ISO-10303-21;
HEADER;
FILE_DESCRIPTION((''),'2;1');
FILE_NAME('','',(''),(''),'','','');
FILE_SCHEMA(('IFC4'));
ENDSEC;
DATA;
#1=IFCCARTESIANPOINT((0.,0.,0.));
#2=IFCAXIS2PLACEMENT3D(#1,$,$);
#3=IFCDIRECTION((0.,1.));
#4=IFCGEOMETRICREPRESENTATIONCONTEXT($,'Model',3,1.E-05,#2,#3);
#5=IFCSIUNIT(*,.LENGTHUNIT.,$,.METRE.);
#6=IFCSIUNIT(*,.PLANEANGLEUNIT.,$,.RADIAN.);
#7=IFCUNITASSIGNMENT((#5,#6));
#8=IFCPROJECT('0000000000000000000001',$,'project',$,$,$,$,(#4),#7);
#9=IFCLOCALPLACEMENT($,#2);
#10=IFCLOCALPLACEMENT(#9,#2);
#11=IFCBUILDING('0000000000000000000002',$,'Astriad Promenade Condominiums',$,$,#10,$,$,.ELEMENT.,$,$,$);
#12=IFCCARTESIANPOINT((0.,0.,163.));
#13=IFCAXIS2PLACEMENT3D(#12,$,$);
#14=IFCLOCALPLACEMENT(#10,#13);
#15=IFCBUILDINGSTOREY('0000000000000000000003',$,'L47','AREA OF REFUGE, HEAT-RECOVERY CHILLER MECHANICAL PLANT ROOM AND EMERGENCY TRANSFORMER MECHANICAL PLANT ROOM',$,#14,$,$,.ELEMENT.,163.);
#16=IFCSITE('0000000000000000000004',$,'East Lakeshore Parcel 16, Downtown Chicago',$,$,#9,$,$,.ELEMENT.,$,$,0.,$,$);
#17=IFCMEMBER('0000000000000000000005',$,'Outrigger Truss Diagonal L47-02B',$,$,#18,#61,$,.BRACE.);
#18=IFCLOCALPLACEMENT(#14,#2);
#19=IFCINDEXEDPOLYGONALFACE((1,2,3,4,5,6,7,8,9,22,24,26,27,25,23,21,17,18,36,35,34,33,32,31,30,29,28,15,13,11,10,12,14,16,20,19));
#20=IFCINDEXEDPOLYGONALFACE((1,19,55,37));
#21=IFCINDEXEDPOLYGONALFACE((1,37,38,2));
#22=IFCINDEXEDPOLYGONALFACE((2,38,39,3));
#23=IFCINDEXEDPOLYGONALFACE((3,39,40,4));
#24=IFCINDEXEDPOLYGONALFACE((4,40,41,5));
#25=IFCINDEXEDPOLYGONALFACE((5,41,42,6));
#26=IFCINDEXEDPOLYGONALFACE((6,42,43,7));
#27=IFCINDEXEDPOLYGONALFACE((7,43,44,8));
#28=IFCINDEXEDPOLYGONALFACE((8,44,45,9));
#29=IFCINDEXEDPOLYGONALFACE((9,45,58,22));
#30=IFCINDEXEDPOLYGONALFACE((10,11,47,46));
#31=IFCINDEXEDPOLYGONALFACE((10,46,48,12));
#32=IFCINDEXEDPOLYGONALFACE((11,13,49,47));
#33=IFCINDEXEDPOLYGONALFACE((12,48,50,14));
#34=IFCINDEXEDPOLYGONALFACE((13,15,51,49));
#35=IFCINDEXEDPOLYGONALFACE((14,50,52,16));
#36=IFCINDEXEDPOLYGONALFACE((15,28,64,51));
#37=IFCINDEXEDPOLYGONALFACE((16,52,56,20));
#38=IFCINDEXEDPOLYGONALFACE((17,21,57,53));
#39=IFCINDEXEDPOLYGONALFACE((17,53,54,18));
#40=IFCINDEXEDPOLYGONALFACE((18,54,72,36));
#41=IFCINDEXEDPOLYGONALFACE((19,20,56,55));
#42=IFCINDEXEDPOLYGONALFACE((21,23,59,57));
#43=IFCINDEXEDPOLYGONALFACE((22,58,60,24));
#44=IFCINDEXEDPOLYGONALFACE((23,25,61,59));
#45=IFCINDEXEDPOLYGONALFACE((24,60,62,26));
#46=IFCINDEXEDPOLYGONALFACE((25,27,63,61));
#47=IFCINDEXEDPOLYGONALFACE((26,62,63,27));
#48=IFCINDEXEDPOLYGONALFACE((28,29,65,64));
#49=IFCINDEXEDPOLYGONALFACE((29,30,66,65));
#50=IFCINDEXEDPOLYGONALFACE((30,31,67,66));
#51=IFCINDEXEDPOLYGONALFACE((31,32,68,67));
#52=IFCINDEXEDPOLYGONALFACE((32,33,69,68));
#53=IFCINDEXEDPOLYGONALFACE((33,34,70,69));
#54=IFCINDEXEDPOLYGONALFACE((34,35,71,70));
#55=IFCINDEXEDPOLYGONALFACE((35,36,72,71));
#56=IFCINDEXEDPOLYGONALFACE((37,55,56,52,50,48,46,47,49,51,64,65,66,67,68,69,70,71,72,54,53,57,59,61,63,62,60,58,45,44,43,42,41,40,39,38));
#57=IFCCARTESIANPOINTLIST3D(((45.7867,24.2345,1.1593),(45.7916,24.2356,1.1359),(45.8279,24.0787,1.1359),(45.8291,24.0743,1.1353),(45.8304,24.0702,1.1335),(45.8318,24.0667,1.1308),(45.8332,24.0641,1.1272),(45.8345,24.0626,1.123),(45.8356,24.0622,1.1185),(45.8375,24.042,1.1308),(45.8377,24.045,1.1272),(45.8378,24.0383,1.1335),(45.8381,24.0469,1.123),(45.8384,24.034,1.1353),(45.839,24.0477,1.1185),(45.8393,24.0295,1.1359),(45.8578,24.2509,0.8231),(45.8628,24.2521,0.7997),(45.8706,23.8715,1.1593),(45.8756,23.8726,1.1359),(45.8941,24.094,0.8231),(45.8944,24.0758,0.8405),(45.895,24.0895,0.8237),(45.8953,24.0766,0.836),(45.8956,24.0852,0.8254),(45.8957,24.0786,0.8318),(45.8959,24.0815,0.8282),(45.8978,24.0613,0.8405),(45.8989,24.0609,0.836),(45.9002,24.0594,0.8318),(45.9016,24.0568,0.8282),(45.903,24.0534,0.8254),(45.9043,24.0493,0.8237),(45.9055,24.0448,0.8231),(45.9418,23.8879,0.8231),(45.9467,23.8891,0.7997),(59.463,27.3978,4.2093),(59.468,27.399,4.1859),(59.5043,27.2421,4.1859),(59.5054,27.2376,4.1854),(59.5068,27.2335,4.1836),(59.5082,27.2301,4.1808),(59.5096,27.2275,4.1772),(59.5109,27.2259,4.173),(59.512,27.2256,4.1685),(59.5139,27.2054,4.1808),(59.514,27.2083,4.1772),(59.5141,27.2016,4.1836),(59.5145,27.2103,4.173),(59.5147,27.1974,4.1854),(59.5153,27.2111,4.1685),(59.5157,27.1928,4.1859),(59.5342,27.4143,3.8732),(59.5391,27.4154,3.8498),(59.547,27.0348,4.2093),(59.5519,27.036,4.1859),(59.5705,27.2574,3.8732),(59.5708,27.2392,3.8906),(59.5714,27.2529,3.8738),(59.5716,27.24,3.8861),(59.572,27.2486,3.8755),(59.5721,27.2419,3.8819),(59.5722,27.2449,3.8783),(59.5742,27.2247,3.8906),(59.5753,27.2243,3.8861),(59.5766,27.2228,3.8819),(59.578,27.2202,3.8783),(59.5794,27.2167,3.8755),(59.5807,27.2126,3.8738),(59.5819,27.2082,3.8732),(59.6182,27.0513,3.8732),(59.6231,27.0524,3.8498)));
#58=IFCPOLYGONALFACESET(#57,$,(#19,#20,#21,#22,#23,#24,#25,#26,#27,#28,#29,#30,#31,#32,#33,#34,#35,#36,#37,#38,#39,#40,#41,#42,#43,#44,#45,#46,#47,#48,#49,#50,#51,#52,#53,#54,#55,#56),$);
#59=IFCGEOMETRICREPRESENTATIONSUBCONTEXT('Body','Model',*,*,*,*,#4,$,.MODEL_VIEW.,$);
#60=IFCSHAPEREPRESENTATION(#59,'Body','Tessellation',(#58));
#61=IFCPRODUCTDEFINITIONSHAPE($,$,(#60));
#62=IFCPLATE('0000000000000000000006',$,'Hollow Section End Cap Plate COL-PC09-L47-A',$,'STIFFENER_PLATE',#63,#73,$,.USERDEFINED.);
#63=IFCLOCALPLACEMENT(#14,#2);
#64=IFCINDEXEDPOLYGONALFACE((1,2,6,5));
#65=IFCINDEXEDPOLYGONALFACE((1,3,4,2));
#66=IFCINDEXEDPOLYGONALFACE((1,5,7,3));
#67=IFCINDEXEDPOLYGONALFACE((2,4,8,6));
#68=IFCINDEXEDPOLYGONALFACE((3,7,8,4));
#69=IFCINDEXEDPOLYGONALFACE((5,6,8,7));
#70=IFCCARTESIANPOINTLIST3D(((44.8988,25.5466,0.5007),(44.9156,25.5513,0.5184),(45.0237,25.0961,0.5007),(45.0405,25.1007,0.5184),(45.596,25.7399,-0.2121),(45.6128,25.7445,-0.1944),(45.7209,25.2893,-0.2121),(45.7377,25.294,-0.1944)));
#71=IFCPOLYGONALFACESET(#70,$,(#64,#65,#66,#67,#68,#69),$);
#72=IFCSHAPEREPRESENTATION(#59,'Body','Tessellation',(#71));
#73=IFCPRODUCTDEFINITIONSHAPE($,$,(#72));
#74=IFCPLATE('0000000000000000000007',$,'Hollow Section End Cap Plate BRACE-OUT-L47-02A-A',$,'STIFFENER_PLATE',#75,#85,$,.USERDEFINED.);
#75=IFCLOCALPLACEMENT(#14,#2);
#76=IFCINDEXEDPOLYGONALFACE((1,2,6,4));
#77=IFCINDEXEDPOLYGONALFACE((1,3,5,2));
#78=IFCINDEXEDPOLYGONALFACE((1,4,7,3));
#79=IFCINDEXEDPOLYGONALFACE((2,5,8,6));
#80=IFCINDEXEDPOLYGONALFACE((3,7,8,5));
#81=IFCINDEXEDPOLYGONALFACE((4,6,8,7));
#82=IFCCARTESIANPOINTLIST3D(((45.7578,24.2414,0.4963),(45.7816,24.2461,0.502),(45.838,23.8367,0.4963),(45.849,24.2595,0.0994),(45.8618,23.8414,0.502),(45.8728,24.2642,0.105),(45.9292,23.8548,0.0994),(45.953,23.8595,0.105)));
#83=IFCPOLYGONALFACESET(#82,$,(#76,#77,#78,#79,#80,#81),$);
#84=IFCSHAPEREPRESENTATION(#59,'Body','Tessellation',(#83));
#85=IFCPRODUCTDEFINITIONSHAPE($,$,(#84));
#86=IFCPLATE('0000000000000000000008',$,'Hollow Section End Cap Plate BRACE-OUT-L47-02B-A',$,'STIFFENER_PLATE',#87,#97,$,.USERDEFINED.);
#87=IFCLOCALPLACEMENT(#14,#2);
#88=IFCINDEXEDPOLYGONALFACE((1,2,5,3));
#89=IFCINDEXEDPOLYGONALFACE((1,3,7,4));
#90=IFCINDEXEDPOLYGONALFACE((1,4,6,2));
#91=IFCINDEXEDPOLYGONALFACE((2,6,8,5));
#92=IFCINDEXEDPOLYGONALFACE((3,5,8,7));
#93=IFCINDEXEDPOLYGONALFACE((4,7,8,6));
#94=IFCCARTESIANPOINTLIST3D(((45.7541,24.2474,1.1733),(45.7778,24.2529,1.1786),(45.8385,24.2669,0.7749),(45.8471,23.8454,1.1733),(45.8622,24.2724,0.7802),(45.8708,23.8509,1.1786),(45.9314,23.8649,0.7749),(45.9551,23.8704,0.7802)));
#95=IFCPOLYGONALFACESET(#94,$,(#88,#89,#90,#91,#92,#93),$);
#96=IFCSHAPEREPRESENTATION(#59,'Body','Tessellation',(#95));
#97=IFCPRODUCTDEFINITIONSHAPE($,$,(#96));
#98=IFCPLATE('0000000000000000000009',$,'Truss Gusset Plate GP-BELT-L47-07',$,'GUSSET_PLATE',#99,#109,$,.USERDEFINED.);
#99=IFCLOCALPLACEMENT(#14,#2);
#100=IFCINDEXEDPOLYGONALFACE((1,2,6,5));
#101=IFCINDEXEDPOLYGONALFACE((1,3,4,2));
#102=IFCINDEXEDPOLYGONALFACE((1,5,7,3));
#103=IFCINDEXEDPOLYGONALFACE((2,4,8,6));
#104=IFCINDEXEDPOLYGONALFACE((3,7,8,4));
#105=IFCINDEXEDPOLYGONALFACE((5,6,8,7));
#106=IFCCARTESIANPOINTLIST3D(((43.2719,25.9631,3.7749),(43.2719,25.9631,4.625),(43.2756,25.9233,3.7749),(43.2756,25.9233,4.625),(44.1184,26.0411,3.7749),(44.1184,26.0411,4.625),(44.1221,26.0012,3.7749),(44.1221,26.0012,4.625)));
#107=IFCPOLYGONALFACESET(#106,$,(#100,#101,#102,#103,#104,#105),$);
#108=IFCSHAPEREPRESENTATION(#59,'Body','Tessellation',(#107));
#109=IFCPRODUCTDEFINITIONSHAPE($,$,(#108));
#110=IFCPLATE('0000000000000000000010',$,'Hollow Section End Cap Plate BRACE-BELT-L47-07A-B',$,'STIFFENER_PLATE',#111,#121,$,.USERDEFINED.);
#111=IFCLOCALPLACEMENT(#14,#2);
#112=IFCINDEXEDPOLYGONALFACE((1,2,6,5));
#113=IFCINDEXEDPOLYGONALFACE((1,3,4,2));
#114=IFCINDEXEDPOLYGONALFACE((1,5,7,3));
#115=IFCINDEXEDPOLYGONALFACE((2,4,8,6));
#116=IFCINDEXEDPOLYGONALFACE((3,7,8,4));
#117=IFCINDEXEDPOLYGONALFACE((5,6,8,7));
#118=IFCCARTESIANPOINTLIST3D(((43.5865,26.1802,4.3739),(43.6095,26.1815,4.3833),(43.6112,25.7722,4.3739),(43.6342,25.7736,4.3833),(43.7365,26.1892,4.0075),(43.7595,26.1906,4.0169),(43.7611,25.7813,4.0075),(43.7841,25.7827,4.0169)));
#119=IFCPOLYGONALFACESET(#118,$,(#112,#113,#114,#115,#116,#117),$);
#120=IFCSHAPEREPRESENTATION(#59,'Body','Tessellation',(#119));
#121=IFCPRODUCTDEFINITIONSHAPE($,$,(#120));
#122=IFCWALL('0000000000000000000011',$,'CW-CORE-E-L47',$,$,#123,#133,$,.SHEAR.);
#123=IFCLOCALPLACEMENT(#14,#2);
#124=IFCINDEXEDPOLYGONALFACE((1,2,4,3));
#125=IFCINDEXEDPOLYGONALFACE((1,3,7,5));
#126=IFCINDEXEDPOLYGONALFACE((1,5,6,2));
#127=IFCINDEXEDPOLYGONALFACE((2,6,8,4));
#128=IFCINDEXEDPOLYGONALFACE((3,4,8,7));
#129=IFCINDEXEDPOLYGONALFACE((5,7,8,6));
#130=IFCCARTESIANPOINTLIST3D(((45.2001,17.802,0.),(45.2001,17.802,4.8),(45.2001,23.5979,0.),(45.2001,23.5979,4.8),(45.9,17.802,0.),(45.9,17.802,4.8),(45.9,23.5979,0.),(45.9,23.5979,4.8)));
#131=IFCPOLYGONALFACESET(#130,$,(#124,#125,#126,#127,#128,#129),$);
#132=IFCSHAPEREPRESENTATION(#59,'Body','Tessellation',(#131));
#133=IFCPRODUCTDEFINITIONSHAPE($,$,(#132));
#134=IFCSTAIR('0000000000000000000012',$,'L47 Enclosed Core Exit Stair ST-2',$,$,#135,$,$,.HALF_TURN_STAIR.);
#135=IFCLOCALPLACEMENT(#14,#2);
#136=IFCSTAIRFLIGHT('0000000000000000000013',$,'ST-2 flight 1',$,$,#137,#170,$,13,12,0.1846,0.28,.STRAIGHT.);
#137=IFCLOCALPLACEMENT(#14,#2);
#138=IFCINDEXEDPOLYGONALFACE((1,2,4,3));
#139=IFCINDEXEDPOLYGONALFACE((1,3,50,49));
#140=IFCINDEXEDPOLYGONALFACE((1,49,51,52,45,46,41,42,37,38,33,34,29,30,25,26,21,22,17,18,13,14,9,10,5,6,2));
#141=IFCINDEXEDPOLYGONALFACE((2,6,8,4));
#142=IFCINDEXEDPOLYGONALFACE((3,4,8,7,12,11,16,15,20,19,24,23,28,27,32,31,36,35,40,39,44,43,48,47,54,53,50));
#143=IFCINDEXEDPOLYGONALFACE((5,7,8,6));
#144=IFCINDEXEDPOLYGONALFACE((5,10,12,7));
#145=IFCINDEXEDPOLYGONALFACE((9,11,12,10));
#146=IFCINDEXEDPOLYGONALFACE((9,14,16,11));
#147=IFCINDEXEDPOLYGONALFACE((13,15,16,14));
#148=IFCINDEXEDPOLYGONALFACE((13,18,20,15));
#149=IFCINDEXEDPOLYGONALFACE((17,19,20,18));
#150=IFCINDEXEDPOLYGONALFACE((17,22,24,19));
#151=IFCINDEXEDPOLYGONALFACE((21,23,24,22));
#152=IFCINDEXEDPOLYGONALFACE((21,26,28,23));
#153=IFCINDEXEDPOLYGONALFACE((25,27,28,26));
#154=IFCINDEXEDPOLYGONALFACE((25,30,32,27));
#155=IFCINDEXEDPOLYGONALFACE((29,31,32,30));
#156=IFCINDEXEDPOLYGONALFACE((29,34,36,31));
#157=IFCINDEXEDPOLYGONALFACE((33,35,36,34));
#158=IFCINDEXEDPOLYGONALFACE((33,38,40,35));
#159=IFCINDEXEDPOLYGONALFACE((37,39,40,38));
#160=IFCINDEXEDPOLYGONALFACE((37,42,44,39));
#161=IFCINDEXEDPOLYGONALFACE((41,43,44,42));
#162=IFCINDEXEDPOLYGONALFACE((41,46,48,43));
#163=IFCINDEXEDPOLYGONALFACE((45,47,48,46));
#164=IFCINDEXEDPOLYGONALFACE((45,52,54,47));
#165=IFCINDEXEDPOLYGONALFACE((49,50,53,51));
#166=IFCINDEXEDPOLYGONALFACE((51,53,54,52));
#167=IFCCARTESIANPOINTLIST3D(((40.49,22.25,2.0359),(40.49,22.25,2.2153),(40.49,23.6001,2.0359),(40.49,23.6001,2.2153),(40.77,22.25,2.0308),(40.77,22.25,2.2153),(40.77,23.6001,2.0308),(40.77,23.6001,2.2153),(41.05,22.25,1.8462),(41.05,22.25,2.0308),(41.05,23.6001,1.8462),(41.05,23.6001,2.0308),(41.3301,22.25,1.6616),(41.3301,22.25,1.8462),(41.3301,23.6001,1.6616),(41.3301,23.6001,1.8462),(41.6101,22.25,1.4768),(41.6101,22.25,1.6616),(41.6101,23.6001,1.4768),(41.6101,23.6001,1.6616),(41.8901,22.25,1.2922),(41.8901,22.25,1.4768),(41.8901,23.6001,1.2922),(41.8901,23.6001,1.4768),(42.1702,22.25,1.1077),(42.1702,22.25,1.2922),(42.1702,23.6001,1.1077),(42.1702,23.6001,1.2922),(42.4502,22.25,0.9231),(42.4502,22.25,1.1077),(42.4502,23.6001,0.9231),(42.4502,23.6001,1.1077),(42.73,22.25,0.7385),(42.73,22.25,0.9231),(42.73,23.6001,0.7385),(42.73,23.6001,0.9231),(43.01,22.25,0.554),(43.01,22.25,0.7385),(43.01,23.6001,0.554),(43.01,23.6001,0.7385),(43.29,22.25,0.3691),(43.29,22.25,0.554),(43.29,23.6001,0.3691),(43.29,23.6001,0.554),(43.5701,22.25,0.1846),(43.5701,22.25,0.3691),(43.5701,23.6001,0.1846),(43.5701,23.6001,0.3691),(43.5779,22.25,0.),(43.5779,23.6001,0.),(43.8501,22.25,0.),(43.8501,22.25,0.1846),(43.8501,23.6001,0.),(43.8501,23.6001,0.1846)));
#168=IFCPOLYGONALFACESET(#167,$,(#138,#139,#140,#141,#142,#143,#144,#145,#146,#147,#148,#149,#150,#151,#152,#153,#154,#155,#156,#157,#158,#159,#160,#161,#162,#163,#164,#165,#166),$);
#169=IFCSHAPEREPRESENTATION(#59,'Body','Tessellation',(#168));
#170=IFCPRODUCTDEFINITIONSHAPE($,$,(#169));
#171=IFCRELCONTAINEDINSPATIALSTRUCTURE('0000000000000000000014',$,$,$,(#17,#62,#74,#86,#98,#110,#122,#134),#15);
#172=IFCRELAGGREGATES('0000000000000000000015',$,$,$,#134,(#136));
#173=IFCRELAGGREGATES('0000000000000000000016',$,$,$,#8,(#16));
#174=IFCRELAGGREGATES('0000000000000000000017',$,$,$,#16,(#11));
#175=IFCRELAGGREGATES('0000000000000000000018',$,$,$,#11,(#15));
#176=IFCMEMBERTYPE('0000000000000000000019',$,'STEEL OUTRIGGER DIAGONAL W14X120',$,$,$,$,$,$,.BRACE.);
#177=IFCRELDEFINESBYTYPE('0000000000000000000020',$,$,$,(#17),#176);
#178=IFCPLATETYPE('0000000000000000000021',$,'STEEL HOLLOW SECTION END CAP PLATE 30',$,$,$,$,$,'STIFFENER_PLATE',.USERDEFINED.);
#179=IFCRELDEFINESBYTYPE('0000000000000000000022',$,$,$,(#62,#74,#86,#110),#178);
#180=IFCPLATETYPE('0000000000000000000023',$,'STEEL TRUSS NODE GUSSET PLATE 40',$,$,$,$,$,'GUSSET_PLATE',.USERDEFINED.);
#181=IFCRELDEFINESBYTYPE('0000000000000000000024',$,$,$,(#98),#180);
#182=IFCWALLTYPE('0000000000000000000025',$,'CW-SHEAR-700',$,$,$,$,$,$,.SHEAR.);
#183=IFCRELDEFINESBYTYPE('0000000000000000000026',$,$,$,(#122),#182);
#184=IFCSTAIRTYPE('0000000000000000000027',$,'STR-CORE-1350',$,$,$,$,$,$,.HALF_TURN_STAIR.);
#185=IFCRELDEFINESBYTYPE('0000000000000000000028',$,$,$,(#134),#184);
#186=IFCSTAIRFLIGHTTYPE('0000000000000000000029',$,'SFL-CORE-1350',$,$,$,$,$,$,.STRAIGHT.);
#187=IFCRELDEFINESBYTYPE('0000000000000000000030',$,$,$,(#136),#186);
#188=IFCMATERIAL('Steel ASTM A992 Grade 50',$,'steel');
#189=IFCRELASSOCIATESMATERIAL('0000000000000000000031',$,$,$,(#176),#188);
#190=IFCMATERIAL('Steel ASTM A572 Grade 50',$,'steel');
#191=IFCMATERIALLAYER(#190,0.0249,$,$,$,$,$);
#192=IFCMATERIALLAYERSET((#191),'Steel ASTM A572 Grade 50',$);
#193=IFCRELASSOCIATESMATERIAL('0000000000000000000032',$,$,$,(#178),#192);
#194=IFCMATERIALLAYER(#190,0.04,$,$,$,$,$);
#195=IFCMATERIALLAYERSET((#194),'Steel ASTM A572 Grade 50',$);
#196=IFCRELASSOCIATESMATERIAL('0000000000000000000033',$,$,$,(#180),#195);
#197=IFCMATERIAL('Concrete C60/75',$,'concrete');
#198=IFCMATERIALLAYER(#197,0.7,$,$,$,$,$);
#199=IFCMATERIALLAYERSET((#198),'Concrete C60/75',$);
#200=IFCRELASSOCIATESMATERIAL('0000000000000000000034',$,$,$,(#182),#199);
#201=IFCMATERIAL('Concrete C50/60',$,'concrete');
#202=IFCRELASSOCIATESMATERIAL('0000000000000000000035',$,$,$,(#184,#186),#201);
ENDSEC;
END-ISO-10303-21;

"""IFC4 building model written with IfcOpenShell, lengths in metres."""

from ifc_helpers import new_model, si_unit, direction, frame, frame_2d, origin, origin_2d, place, context, subcontext, project, spatial, polyline, rectangle, i_section, outline, extrude, source, transform, mapped, material, layer, layer_set, material_profile, profile_set, type_object, type_shapes, element, aggregate, save


model = new_model("IFC4")

# Units and contexts
model_context = context("Model", 3, precision=1e-05, world=origin(), true_north=direction((0.0, 1.0)))
body_context = subcontext(model_context, "Body", "Model", "MODEL_VIEW")
ifc_project = project(units=[si_unit("LENGTHUNIT", "METRE"), si_unit("PLANEANGLEUNIT", "RADIAN")], contexts=[model_context])

# Site, building, storey
site_placement = place(None, origin())
site = spatial("IfcSite", under=ifc_project, at=site_placement, Name="East Lakeshore Parcel 16, Downtown Chicago", CompositionType="ELEMENT", RefElevation=0.0)
building_placement = place(site_placement, origin())
building = spatial("IfcBuilding", under=site, at=building_placement, Name="Astriad Promenade Condominiums", CompositionType="ELEMENT")
storey_placement = place(building_placement, frame((0.0, 0.0, 163.0)))
storey = spatial("IfcBuildingStorey", under=building, at=storey_placement, Name="L47", Description="AREA OF REFUGE, HEAT-RECOVERY CHILLER MECHANICAL PLANT ROOM AND EMERGENCY TRANSFORMER MECHANICAL PLANT ROOM", CompositionType="ELEMENT", Elevation=163.0)

# Shared definitions
ifc_material_1 = material(Name="Steel ASTM A992 Grade 50", Category="steel")

# Member
ifc_material_profile_1 = material_profile(ifc_material_1, i_section(OverallWidth=0.3726, OverallDepth=0.3679, WebThickness=0.0149, FlangeThickness=0.0239, FilletRadius=0.0178, at=origin_2d()), Name="W14X120")
ifc_profile_set_1 = profile_set([ifc_material_profile_1], Name="Steel ASTM A992 Grade 50")
member_type_1 = type_object("IfcMemberType", Name="STEEL OUTRIGGER DIAGONAL W14X120", PredefinedType="BRACE", material=ifc_profile_set_1)
shared_shape_1 = source(origin(), body_context, "Body", "SweptSolid", [
    extrude(i_section(OverallWidth=0.3726, OverallDepth=0.3679, WebThickness=0.0149, FlangeThickness=0.0239, FilletRadius=0.0178, at=origin_2d()), origin(), (0.0, 0.0, 1.0), 14.365),
])
member_1_placement = place(storey_placement, frame((45.8667, 24.0618, 0.9795), z_axis=(0.952063, 0.220213, 0.212327), x_axis=(-0.225351, 0.974278, 0.0)))
element("IfcMember", 1, at=member_1_placement, inside=storey, type_object=member_type_1, Name="Outrigger Truss Diagonal L47-02B", PredefinedType="BRACE", context=body_context, shape_type="MappedRepresentation", body=[
    mapped(shared_shape_1, transform((0.0, 0.0, 0.0), scale=1.0)),
])

# Plates
ifc_material_2 = material(Name="Steel ASTM A572 Grade 50", Category="steel")
ifc_layer_1 = layer(ifc_material_2, 0.0249)
ifc_layer_set_1 = layer_set([ifc_layer_1], Name="Steel ASTM A572 Grade 50")
plate_type_1 = type_object("IfcPlateType", Name="STEEL HOLLOW SECTION END CAP PLATE 30", ElementType="STIFFENER_PLATE", PredefinedType="USERDEFINED", material=ifc_layer_set_1)
shared_shape_2 = source(origin(), body_context, "Body", "SweptSolid", [
    extrude(rectangle(XDim=0.4675, YDim=1.0156, at=origin_2d()), origin(), (0.0, 0.0, 1.0), 0.0249),
])
plate_1_placement = place(storey_placement, frame((45.3098, 25.418, 0.1443), z_axis=(0.676288, 0.187474, 0.712382), x_axis=(-0.267137, 0.963659, 0.0)))
element("IfcPlate", 2, at=plate_1_placement, inside=storey, type_object=plate_type_1, Name="Hollow Section End Cap Plate COL-PC09-L47-A", ObjectType="STIFFENER_PLATE", PredefinedType="USERDEFINED", context=body_context, shape_type="MappedRepresentation", body=[
    mapped(shared_shape_2, transform((0.0, 0.0, 0.0), scale=1.0)),
])
shared_shape_3 = source(origin(), body_context, "Body", "SweptSolid", [
    extrude(rectangle(XDim=0.4126, YDim=0.4077, at=origin_2d()), origin(), (0.0, 0.0, 1.0), 0.0249),
])
for number, where, z_axis, x_axis, name in (
    (3, (45.8435, 24.0481, 0.2979), (0.955062, 0.18937, 0.228027), (-0.194494, 0.980904, 0.0), "Hollow Section End Cap Plate BRACE-OUT-L47-02A-A"),
    (4, (45.8428, 24.0562, 0.9741), (0.952062, 0.220215, 0.212328), (-0.225354, 0.974277, 0.0), "Hollow Section End Cap Plate BRACE-OUT-L47-02B-A"),
):
    element("IfcPlate", number, at=place(storey_placement, frame(where, z_axis=z_axis, x_axis=x_axis)), inside=storey, type_object=plate_type_1, Name=name, ObjectType="STIFFENER_PLATE", PredefinedType="USERDEFINED", context=body_context, shape_type="MappedRepresentation", body=[
        mapped(shared_shape_3, transform((0.0, 0.0, 0.0), scale=1.0)),
    ])
ifc_layer_2 = layer(ifc_material_2, 0.04)
ifc_layer_set_2 = layer_set([ifc_layer_2], Name="Steel ASTM A572 Grade 50")
plate_type_2 = type_object("IfcPlateType", Name="STEEL TRUSS NODE GUSSET PLATE 40", ElementType="GUSSET_PLATE", PredefinedType="USERDEFINED", material=ifc_layer_set_2)
shared_shape_4 = source(origin(), body_context, "Body", "SweptSolid", [
    extrude(rectangle(XDim=0.8501, YDim=0.04, at=origin_2d()), origin(), (0.0, 0.0, 1.0), 0.8501),
])
type_shapes(plate_type_2, [shared_shape_4])
plate_2_placement = place(storey_placement, frame((43.697, 25.9822, 3.7749), z_axis=(0.0, 0.0, 1.0), x_axis=(0.995789, 0.091675, 0.0)))
element("IfcPlate", 5, at=plate_2_placement, inside=storey, type_object=plate_type_2, Name="Truss Gusset Plate GP-BELT-L47-07", ObjectType="GUSSET_PLATE", PredefinedType="USERDEFINED", context=body_context, shape_type="MappedRepresentation", body=[
    mapped(shared_shape_4, transform((0.0, 0.0, 0.0), scale=1.0)),
])
shared_shape_5 = source(origin(), body_context, "Body", "SweptSolid", [
    extrude(rectangle(XDim=0.4087, YDim=0.396, at=origin_2d()), origin(), (0.0, 0.0, 1.0), 0.0249),
])
type_shapes(plate_type_1, [shared_shape_2, shared_shape_3, shared_shape_5])
plate_3_placement = place(storey_placement, frame((43.6738, 25.9807, 4.1907), z_axis=(0.923563, 0.055857, 0.379357), x_axis=(-0.060369, 0.998176, 0.0)))
element("IfcPlate", 6, at=plate_3_placement, inside=storey, type_object=plate_type_1, Name="Hollow Section End Cap Plate BRACE-BELT-L47-07A-B", ObjectType="STIFFENER_PLATE", PredefinedType="USERDEFINED", context=body_context, shape_type="MappedRepresentation", body=[
    mapped(shared_shape_5, transform((0.0, 0.0, 0.0), scale=1.0)),
])

# Wall
ifc_material_3 = material(Name="Concrete C60/75", Category="concrete")
ifc_layer_3 = layer(ifc_material_3, 0.7)
ifc_layer_set_3 = layer_set([ifc_layer_3], Name="Concrete C60/75")
wall_type = type_object("IfcWallType", Name="CW-SHEAR-700", PredefinedType="SHEAR", material=ifc_layer_set_3)
wall_placement = place(storey_placement, frame((45.55, 17.802, 0.0), z_axis=(0.0, 0.0, 1.0), x_axis=(0.0, 1.0, 0.0)))
element("IfcWall", 7, at=wall_placement, inside=storey, type_object=wall_type, Name="CW-CORE-E-L47", PredefinedType="SHEAR", context=body_context, shape_type="SweptSolid", body=[
    extrude(rectangle(XDim=5.7959, YDim=0.7, at=frame_2d((2.8979, 0.0))), origin(), (0.0, 0.0, 1.0), 4.8),
])

# Stair, stair flight
ifc_material_4 = material(Name="Concrete C50/60", Category="concrete")
stair_type = type_object("IfcStairType", Name="STR-CORE-1350", PredefinedType="HALF_TURN_STAIR", material=ifc_material_4)
stair_placement = place(storey_placement, origin())
stair = element("IfcStair", 8, at=stair_placement, inside=storey, type_object=stair_type, Name="L47 Enclosed Core Exit Stair ST-2", PredefinedType="HALF_TURN_STAIR")
stair_flight_type = type_object("IfcStairFlightType", Name="SFL-CORE-1350", PredefinedType="STRAIGHT", material=ifc_material_4)
shared_shape_6 = source(origin(), body_context, "Body", "SweptSolid", [
    extrude(outline(polyline([(0.0, 0.0), (0.0, 0.1846), (0.28, 0.1846), (0.28, 0.3691), (0.5601, 0.3691), (0.5601, 0.554), (0.8401, 0.554), (0.8401, 0.7385), (1.1201, 0.7385), (1.1201, 0.9231), (1.3999, 0.9231), (1.3999, 1.1077), (1.6799, 1.1077), (1.6799, 1.2922), (1.96, 1.2922), (1.96, 1.4768), (2.24, 1.4768), (2.24, 1.6616), (2.52, 1.6616), (2.52, 1.8462), (2.8, 1.8462), (2.8, 2.0308), (3.0801, 2.0308), (3.0801, 2.2153), (3.3601, 2.2153), (3.3601, 2.3999), (3.3601, 2.0359), (0.2722, 0.0), (0.0, 0.0)])), frame((0.0, 0.675, 0.0), z_axis=(0.0, -1.0, 0.0), x_axis=(1.0, 0.0, 0.0)), (0.0, 0.0, 1.0), 1.3501),
])
type_shapes(stair_flight_type, [shared_shape_6])
stair_flight_placement = place(storey_placement, frame((43.8501, 22.925, 0.0), z_axis=(0.0, 0.0, 1.0), x_axis=(-1.0, 0.0, 0.0)))
stair_flight = element("IfcStairFlight", 9, at=stair_flight_placement, type_object=stair_flight_type, Name="ST-2 flight 1", NumberOfRisers=13, NumberOfTreads=12, PredefinedType="STRAIGHT", RiserHeight=0.1846, TreadLength=0.28, context=body_context, shape_type="MappedRepresentation", body=[
    mapped(shared_shape_6, transform((0.0, 0.0, 0.0), scale=1.0)),
])
aggregate(stair, [stair_flight])

save(model, "model.ifc")
